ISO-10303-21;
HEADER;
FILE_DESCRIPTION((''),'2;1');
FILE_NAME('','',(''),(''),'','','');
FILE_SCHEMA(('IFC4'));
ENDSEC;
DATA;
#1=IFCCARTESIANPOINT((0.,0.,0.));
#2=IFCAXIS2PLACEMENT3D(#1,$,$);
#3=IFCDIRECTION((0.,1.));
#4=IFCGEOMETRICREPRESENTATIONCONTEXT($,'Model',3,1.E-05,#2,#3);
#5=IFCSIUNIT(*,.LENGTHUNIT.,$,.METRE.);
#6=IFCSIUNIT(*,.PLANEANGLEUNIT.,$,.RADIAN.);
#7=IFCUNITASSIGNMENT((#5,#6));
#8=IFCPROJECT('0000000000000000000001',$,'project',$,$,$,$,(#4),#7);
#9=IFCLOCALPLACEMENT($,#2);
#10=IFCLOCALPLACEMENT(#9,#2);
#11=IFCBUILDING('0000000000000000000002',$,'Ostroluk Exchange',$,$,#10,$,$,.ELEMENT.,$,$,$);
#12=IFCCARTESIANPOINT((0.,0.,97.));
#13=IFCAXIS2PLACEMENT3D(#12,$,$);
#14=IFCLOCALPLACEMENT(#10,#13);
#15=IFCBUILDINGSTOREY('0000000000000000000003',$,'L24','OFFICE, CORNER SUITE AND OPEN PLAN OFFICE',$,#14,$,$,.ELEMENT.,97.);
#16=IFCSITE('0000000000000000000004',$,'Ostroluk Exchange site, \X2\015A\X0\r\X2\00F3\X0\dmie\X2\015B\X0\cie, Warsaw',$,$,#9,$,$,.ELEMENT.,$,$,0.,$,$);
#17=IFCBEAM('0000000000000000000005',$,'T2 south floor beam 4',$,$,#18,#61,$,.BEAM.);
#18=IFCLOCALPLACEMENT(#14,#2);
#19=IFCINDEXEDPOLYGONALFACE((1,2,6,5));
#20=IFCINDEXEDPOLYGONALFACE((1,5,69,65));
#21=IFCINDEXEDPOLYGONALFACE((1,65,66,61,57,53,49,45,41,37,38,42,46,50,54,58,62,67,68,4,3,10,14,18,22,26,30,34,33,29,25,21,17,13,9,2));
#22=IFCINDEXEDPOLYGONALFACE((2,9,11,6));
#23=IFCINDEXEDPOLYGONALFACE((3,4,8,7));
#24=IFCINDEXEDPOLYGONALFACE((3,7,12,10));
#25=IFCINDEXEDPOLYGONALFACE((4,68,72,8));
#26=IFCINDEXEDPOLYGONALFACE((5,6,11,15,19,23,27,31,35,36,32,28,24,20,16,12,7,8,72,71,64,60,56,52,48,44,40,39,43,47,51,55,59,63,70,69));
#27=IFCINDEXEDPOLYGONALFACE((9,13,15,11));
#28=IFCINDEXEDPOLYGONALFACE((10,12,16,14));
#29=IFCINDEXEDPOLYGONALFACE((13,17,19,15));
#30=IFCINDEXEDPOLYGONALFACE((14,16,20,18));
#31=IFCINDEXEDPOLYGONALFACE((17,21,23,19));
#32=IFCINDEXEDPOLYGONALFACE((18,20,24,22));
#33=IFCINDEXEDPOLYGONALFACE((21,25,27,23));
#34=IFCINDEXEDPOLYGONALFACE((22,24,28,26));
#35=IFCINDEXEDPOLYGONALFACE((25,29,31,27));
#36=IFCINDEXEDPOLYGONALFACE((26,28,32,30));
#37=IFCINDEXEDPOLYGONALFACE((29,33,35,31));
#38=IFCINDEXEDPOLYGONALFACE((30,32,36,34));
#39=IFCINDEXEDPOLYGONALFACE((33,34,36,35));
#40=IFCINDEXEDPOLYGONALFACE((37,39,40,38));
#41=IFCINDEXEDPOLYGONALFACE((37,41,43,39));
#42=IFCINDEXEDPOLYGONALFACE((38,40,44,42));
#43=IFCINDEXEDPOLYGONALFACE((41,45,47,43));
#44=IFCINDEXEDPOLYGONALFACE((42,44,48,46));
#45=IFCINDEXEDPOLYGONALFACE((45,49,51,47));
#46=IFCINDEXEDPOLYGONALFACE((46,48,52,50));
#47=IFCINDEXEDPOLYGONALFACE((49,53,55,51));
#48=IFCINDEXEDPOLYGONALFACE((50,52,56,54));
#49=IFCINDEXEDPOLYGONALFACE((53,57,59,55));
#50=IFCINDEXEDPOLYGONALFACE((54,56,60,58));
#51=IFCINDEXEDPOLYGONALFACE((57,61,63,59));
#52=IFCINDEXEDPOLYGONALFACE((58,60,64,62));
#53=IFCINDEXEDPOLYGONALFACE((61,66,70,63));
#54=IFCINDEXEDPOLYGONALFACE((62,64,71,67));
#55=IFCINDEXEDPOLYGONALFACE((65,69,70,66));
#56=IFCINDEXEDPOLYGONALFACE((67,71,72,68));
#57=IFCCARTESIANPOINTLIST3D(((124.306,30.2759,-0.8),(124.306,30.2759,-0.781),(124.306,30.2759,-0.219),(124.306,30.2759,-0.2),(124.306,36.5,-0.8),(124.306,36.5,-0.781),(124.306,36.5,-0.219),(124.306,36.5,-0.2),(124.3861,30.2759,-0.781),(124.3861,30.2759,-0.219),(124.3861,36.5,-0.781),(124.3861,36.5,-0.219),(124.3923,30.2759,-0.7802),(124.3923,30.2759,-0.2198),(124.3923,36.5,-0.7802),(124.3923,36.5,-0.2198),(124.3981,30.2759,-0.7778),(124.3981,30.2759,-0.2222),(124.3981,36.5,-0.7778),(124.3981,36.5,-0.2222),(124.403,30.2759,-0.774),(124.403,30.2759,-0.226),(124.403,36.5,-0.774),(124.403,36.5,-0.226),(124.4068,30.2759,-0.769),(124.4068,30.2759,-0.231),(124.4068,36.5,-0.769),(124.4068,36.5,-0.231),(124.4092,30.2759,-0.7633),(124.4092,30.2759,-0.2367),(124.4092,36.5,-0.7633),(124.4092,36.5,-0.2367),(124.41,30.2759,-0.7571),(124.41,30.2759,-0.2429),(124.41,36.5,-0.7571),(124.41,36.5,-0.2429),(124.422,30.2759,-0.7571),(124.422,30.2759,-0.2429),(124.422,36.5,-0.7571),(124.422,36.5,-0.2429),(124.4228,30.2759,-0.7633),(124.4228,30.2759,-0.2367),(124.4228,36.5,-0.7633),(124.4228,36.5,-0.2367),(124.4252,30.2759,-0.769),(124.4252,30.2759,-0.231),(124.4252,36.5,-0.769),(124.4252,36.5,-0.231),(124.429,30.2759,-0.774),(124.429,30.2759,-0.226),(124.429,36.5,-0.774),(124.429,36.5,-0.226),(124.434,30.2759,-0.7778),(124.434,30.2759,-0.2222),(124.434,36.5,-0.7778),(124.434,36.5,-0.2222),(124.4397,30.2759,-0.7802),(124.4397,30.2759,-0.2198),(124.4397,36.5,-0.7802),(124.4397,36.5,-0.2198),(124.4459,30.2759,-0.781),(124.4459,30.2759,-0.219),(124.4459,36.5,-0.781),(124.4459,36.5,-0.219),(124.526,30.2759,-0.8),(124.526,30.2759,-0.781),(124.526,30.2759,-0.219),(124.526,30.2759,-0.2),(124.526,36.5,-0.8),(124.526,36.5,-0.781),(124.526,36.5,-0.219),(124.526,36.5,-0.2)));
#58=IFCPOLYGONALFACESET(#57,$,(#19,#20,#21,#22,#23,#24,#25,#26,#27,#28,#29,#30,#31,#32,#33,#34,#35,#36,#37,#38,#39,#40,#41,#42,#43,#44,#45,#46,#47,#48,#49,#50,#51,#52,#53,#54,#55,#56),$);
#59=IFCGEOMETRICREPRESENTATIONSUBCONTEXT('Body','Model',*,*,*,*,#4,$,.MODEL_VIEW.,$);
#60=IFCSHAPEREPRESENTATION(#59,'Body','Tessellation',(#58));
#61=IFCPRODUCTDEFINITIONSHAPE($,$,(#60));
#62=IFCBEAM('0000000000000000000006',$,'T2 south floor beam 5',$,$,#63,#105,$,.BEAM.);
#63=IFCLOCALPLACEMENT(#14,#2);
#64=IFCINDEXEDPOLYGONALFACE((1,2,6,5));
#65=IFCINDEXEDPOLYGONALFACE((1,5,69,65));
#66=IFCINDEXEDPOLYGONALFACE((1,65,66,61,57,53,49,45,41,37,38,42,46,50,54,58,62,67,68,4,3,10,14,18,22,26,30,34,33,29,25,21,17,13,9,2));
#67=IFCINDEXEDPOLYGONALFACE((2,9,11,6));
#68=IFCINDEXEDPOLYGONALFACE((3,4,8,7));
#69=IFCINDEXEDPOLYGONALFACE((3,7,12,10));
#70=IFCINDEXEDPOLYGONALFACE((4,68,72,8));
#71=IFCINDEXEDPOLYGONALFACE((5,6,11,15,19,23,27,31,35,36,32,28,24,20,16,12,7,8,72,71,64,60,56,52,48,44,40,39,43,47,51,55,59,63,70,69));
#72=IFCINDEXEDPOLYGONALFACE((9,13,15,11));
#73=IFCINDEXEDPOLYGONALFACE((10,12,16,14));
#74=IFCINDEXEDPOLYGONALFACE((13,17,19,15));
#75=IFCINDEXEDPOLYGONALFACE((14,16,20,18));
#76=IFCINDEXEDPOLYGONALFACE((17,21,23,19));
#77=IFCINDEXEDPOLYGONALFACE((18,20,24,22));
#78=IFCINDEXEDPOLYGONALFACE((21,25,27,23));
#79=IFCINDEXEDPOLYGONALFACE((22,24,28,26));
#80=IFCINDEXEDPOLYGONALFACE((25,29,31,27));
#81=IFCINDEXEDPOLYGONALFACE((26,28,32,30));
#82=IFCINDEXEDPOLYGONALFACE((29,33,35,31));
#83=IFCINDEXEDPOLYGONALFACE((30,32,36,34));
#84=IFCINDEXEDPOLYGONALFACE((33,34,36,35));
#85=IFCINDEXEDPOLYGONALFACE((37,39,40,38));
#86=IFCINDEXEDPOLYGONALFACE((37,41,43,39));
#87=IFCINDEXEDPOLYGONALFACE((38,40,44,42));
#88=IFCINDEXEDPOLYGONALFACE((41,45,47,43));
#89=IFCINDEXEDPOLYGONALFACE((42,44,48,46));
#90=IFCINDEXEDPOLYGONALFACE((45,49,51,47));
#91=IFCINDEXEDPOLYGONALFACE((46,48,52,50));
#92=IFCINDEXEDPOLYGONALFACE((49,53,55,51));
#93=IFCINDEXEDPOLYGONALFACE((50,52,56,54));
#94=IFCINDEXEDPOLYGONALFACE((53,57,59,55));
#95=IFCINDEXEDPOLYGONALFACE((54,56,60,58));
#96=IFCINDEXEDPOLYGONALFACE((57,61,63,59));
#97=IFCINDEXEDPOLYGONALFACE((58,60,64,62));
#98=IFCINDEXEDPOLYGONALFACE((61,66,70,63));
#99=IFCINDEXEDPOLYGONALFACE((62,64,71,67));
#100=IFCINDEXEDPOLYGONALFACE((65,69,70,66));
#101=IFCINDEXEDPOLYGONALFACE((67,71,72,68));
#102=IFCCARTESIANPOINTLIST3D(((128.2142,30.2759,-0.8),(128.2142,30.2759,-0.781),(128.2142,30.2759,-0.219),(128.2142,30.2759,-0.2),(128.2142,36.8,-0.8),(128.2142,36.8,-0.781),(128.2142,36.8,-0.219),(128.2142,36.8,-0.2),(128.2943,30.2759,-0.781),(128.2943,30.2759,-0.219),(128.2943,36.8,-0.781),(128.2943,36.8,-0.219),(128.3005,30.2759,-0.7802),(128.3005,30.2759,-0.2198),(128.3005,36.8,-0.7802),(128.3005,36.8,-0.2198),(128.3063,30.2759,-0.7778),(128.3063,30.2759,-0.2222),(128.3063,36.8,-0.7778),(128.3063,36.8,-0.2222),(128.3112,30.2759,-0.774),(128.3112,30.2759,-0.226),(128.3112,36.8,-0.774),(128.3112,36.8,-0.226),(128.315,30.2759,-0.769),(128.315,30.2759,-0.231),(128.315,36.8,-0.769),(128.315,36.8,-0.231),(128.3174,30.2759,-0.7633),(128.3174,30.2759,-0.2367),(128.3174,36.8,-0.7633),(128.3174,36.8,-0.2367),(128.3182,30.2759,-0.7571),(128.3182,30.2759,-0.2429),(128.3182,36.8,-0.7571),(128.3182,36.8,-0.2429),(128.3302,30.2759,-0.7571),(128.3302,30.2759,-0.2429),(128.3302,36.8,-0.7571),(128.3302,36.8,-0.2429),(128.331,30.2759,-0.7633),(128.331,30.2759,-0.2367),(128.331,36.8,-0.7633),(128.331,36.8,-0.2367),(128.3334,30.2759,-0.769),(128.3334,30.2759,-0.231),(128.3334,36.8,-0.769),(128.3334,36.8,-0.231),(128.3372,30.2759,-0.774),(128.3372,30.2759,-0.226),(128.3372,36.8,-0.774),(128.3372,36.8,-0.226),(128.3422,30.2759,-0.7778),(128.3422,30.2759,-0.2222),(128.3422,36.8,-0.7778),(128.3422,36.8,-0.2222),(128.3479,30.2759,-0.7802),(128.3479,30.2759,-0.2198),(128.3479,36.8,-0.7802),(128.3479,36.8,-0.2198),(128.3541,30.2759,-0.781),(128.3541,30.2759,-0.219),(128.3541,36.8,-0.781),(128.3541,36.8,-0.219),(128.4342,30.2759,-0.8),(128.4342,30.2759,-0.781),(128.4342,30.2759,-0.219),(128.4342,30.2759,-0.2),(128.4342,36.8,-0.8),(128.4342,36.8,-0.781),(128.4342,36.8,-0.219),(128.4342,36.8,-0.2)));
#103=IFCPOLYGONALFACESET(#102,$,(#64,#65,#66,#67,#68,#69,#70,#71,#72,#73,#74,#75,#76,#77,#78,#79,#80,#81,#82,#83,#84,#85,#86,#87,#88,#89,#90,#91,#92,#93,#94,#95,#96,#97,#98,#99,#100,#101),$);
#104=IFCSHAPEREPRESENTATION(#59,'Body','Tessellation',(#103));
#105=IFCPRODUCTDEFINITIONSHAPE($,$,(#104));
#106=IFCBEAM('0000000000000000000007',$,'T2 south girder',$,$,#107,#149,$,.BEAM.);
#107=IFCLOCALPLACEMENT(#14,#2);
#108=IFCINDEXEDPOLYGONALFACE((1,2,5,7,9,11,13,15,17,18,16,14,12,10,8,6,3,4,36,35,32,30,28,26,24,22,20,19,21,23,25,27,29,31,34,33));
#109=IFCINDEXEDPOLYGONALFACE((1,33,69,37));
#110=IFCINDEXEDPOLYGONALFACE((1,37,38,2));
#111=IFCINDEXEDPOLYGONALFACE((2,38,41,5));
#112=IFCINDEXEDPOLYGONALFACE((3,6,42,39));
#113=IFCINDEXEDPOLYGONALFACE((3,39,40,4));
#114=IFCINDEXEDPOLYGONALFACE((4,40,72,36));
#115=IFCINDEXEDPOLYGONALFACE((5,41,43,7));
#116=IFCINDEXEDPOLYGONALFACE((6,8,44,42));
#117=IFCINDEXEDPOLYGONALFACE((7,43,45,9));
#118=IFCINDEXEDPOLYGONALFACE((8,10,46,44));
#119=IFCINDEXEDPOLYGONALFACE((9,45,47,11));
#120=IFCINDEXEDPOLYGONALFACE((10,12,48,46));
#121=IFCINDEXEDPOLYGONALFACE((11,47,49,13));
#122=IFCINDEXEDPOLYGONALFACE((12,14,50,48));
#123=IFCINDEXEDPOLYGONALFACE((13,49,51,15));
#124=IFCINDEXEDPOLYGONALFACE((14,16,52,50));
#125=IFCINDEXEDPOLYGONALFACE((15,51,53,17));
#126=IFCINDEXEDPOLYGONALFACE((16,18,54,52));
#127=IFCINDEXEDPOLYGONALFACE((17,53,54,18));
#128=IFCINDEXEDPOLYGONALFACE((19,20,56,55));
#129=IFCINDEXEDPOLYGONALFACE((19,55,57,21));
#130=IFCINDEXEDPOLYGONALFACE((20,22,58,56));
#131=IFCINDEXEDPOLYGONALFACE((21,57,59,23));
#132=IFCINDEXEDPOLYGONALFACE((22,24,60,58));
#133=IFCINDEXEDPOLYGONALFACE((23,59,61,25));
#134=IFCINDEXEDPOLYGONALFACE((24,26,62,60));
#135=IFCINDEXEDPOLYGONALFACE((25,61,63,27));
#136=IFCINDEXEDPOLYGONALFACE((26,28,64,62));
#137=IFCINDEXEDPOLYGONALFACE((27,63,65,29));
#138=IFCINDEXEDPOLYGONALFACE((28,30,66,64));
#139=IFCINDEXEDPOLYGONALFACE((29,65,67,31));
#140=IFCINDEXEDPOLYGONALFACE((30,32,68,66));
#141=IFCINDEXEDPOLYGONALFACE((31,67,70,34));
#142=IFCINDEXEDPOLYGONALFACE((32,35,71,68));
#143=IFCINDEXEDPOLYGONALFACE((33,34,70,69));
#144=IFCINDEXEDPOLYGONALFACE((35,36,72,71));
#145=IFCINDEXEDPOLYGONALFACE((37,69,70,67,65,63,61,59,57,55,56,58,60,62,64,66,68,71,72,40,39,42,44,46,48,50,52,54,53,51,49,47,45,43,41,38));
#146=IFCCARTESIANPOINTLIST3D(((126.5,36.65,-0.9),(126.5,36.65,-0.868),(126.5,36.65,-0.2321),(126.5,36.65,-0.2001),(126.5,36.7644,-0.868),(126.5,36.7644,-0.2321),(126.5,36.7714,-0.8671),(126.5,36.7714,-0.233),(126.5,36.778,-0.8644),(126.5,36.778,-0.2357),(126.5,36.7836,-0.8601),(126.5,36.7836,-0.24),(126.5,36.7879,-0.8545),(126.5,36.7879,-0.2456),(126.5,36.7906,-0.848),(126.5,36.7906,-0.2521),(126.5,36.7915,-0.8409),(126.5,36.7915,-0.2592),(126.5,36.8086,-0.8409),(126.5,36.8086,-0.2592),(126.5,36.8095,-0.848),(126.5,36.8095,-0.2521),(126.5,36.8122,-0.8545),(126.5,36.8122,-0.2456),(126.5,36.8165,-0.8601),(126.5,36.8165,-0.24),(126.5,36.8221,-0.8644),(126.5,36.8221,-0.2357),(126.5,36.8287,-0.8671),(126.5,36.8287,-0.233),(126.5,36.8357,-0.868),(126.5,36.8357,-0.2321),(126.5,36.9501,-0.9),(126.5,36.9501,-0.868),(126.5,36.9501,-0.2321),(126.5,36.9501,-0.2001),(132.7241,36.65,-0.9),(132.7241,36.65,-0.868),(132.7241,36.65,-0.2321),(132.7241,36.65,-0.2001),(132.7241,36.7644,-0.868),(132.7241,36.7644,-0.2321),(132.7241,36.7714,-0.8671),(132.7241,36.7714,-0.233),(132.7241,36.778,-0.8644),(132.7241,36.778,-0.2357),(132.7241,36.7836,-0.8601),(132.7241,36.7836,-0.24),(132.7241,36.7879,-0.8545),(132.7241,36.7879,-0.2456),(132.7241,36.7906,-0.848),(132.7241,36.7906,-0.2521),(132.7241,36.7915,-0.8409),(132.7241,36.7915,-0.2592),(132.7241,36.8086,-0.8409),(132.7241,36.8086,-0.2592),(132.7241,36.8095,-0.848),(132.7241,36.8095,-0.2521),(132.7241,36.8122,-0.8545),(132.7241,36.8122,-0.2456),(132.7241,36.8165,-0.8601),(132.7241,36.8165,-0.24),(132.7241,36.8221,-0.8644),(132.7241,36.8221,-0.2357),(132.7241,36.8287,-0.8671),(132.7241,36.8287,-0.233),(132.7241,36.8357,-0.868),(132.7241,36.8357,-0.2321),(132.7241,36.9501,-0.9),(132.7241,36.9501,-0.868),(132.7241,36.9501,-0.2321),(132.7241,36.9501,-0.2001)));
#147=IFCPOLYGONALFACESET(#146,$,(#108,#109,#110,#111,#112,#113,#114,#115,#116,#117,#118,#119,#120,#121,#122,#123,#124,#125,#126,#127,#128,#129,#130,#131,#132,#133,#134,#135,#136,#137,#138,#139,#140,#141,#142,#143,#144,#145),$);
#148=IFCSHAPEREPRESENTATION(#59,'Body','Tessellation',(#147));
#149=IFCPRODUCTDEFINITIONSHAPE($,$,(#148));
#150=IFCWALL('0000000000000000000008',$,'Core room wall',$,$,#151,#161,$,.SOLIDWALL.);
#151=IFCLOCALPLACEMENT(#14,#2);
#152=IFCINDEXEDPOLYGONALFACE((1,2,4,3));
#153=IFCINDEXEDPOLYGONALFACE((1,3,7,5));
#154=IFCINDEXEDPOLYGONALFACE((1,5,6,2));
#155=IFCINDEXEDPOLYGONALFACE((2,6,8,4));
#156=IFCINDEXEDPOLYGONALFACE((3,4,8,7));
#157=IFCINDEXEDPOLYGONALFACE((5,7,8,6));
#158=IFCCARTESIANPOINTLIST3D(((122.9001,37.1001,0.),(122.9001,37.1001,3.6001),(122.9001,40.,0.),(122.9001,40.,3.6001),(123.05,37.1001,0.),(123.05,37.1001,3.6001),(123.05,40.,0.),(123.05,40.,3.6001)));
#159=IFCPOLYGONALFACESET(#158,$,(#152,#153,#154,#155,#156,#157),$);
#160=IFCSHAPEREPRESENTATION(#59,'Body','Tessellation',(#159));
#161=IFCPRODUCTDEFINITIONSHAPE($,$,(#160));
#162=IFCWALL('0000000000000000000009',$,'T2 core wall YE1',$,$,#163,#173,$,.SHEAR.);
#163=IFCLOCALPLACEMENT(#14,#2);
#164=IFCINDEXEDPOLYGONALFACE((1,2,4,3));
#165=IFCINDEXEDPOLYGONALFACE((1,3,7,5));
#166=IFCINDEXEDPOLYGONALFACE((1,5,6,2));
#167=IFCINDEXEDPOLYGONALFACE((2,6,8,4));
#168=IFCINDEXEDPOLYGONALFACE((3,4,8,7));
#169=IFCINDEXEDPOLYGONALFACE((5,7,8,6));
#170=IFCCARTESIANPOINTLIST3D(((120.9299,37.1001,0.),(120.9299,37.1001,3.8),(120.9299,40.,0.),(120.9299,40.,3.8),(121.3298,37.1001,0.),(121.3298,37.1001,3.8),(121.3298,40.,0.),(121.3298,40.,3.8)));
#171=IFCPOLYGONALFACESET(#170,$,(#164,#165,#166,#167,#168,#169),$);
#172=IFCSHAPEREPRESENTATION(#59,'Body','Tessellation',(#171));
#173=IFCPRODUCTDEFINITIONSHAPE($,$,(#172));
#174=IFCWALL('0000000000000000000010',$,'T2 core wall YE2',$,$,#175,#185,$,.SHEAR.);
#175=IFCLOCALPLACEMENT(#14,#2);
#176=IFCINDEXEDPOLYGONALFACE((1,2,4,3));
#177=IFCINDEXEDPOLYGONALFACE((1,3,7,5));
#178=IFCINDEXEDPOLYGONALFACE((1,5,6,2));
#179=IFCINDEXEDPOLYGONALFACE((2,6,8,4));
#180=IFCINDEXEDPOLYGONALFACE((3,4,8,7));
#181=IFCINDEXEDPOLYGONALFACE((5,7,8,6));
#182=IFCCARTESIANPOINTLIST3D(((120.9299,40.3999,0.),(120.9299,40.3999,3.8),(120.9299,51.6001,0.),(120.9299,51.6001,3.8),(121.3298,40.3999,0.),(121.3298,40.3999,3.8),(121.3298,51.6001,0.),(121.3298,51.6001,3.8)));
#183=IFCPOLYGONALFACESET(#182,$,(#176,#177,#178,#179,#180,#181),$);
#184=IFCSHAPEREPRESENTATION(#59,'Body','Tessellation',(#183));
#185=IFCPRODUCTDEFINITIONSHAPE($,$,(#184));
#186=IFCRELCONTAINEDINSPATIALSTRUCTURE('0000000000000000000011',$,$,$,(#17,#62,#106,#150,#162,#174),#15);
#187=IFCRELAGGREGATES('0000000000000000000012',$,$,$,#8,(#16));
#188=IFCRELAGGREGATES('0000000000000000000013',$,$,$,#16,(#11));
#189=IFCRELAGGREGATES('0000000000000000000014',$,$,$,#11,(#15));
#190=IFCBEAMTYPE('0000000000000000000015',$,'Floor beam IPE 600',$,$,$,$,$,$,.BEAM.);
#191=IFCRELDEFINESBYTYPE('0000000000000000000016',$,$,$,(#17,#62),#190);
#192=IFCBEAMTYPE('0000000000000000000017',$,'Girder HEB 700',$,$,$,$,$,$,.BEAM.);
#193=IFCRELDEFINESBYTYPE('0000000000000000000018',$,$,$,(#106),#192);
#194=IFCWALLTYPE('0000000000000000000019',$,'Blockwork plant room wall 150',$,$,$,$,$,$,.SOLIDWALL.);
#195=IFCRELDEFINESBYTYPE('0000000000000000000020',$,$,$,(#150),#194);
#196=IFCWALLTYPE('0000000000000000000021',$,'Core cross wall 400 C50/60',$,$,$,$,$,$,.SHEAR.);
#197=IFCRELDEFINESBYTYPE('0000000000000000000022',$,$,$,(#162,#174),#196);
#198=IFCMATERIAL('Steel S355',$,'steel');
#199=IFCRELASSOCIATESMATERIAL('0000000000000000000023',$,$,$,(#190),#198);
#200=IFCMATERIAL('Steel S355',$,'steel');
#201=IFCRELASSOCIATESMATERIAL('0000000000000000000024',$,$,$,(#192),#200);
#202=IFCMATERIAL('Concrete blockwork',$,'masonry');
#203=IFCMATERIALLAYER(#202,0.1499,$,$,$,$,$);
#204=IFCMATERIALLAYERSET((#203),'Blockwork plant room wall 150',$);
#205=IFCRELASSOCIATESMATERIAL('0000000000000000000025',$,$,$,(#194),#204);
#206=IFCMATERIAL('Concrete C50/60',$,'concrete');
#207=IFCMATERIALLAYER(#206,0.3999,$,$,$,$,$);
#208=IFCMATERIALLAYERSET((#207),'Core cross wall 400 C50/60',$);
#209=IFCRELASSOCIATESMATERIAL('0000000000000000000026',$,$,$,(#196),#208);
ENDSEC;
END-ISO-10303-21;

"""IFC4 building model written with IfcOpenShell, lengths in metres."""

from ifc_helpers import new_model, si_unit, direction, frame, frame_2d, origin, origin_2d, place, context, subcontext, project, spatial, rectangle, i_section, extrude, material, layer, layer_set, material_profile, profile_set, type_object, element, save


model = new_model("IFC4")

# Units and contexts
model_context = context("Model", 3, precision=1e-05, world=origin(), true_north=direction((0.0, 1.0)))
body_context = subcontext(model_context, "Body", "Model", "MODEL_VIEW")
ifc_project = project(units=[si_unit("LENGTHUNIT", "METRE"), si_unit("PLANEANGLEUNIT", "RADIAN")], contexts=[model_context])

# Site, building, storey
site_placement = place(None, origin())
site = spatial("IfcSite", under=ifc_project, at=site_placement, Name="Ostroluk Exchange site, Śródmieście, Warsaw", CompositionType="ELEMENT", RefElevation=0.0)
building_placement = place(site_placement, origin())
building = spatial("IfcBuilding", under=site, at=building_placement, Name="Ostroluk Exchange", CompositionType="ELEMENT")
storey_placement = place(building_placement, frame((0.0, 0.0, 97.0)))
storey = spatial("IfcBuildingStorey", under=building, at=storey_placement, Name="L24", Description="OFFICE, CORNER SUITE AND OPEN PLAN OFFICE", CompositionType="ELEMENT", Elevation=97.0)

# Beams
ifc_material_1 = material(Name="Steel S355", Category="steel")
ifc_material_profile_1 = material_profile(ifc_material_1, i_section(OverallWidth=0.22, OverallDepth=0.6001, WebThickness=0.012, FlangeThickness=0.019, FilletRadius=0.0239, at=origin_2d()), Name="IPE 600")
ifc_profile_set_1 = profile_set([ifc_material_profile_1], Name="Steel S355")
beam_type_1 = type_object("IfcBeamType", Name="Floor beam IPE 600", PredefinedType="BEAM", material=ifc_profile_set_1)
for number, where, z_axis, x_axis, name in (
    (1, (124.416, 36.5, -0.5), (0.0, -1.0, 0.0), (1.0, 0.0, 0.0), "T2 south floor beam 4"),
):
    element("IfcBeam", number, at=place(storey_placement, frame(where, z_axis=z_axis, x_axis=x_axis)), inside=storey, type_object=beam_type_1, Name=name, PredefinedType="BEAM", context=body_context, shape_type="SweptSolid", body=[
        extrude(i_section(OverallWidth=0.22, OverallDepth=0.6001, WebThickness=0.012, FlangeThickness=0.019, FilletRadius=0.0239, at=origin_2d()), origin(), (0.0, 0.0, 1.0), 6.2241),
    ])
beam_1_placement = place(storey_placement, frame((128.3242, 36.8, -0.5), z_axis=(0.0, -1.0, 0.0), x_axis=(1.0, 0.0, 0.0)))
element("IfcBeam", 2, at=beam_1_placement, inside=storey, type_object=beam_type_1, Name="T2 south floor beam 5", PredefinedType="BEAM", context=body_context, shape_type="SweptSolid", body=[
    extrude(i_section(OverallWidth=0.22, OverallDepth=0.6001, WebThickness=0.012, FlangeThickness=0.019, FilletRadius=0.0239, at=origin_2d()), origin(), (0.0, 0.0, 1.0), 6.5242),
])
ifc_material_2 = material(Name="Steel S355", Category="steel")
ifc_material_profile_2 = material_profile(ifc_material_2, i_section(OverallWidth=0.3, OverallDepth=0.7, WebThickness=0.0171, FlangeThickness=0.032, FilletRadius=0.0271, at=origin_2d()), Name="HEB 700")
ifc_profile_set_2 = profile_set([ifc_material_profile_2], Name="Steel S355")
beam_type_2 = type_object("IfcBeamType", Name="Girder HEB 700", PredefinedType="BEAM", material=ifc_profile_set_2)
beam_2_placement = place(storey_placement, frame((126.5, 36.8, -0.55), z_axis=(1.0, 0.0, 0.0), x_axis=(0.0, 1.0, 0.0)))
element("IfcBeam", 3, at=beam_2_placement, inside=storey, type_object=beam_type_2, Name="T2 south girder", PredefinedType="BEAM", context=body_context, shape_type="SweptSolid", body=[
    extrude(i_section(OverallWidth=0.3, OverallDepth=0.7, WebThickness=0.0171, FlangeThickness=0.032, FilletRadius=0.0271, at=origin_2d()), origin(), (0.0, 0.0, 1.0), 6.2241),
])

# Walls
ifc_material_3 = material(Name="Concrete blockwork", Category="masonry")
ifc_layer_1 = layer(ifc_material_3, 0.1499)
ifc_layer_set_1 = layer_set([ifc_layer_1], Name="Blockwork plant room wall 150")
wall_type_1 = type_object("IfcWallType", Name="Blockwork plant room wall 150", PredefinedType="SOLIDWALL", material=ifc_layer_set_1)
wall_1_placement = place(storey_placement, frame((122.9751, 37.1001, 0.0), z_axis=(0.0, 0.0, 1.0), x_axis=(0.0, 1.0, 0.0)))
element("IfcWall", 4, at=wall_1_placement, inside=storey, type_object=wall_type_1, Name="Core room wall", PredefinedType="SOLIDWALL", context=body_context, shape_type="SweptSolid", body=[
    extrude(rectangle(XDim=2.8999, YDim=0.1499, at=frame_2d((1.45, 0.0))), origin(), (0.0, 0.0, 1.0), 3.6001),
])
ifc_material_4 = material(Name="Concrete C50/60", Category="concrete")
ifc_layer_2 = layer(ifc_material_4, 0.3999)
ifc_layer_set_2 = layer_set([ifc_layer_2], Name="Core cross wall 400 C50/60")
wall_type_2 = type_object("IfcWallType", Name="Core cross wall 400 C50/60", PredefinedType="SHEAR", material=ifc_layer_set_2)
wall_2_placement = place(storey_placement, frame((121.1299, 37.1001, 0.0), z_axis=(0.0, 0.0, 1.0), x_axis=(0.0, 1.0, 0.0)))
element("IfcWall", 5, at=wall_2_placement, inside=storey, type_object=wall_type_2, Name="T2 core wall YE1", PredefinedType="SHEAR", context=body_context, shape_type="SweptSolid", body=[
    extrude(rectangle(XDim=2.8999, YDim=0.3999, at=frame_2d((1.45, 0.0))), origin(), (0.0, 0.0, 1.0), 3.8),
])
wall_3_placement = place(storey_placement, frame((121.1299, 40.3999, 0.0), z_axis=(0.0, 0.0, 1.0), x_axis=(0.0, 1.0, 0.0)))
element("IfcWall", 6, at=wall_3_placement, inside=storey, type_object=wall_type_2, Name="T2 core wall YE2", PredefinedType="SHEAR", context=body_context, shape_type="SweptSolid", body=[
    extrude(rectangle(XDim=11.2002, YDim=0.3999, at=frame_2d((5.6001, 0.0))), origin(), (0.0, 0.0, 1.0), 3.8),
])

save(model, "model.ifc")
